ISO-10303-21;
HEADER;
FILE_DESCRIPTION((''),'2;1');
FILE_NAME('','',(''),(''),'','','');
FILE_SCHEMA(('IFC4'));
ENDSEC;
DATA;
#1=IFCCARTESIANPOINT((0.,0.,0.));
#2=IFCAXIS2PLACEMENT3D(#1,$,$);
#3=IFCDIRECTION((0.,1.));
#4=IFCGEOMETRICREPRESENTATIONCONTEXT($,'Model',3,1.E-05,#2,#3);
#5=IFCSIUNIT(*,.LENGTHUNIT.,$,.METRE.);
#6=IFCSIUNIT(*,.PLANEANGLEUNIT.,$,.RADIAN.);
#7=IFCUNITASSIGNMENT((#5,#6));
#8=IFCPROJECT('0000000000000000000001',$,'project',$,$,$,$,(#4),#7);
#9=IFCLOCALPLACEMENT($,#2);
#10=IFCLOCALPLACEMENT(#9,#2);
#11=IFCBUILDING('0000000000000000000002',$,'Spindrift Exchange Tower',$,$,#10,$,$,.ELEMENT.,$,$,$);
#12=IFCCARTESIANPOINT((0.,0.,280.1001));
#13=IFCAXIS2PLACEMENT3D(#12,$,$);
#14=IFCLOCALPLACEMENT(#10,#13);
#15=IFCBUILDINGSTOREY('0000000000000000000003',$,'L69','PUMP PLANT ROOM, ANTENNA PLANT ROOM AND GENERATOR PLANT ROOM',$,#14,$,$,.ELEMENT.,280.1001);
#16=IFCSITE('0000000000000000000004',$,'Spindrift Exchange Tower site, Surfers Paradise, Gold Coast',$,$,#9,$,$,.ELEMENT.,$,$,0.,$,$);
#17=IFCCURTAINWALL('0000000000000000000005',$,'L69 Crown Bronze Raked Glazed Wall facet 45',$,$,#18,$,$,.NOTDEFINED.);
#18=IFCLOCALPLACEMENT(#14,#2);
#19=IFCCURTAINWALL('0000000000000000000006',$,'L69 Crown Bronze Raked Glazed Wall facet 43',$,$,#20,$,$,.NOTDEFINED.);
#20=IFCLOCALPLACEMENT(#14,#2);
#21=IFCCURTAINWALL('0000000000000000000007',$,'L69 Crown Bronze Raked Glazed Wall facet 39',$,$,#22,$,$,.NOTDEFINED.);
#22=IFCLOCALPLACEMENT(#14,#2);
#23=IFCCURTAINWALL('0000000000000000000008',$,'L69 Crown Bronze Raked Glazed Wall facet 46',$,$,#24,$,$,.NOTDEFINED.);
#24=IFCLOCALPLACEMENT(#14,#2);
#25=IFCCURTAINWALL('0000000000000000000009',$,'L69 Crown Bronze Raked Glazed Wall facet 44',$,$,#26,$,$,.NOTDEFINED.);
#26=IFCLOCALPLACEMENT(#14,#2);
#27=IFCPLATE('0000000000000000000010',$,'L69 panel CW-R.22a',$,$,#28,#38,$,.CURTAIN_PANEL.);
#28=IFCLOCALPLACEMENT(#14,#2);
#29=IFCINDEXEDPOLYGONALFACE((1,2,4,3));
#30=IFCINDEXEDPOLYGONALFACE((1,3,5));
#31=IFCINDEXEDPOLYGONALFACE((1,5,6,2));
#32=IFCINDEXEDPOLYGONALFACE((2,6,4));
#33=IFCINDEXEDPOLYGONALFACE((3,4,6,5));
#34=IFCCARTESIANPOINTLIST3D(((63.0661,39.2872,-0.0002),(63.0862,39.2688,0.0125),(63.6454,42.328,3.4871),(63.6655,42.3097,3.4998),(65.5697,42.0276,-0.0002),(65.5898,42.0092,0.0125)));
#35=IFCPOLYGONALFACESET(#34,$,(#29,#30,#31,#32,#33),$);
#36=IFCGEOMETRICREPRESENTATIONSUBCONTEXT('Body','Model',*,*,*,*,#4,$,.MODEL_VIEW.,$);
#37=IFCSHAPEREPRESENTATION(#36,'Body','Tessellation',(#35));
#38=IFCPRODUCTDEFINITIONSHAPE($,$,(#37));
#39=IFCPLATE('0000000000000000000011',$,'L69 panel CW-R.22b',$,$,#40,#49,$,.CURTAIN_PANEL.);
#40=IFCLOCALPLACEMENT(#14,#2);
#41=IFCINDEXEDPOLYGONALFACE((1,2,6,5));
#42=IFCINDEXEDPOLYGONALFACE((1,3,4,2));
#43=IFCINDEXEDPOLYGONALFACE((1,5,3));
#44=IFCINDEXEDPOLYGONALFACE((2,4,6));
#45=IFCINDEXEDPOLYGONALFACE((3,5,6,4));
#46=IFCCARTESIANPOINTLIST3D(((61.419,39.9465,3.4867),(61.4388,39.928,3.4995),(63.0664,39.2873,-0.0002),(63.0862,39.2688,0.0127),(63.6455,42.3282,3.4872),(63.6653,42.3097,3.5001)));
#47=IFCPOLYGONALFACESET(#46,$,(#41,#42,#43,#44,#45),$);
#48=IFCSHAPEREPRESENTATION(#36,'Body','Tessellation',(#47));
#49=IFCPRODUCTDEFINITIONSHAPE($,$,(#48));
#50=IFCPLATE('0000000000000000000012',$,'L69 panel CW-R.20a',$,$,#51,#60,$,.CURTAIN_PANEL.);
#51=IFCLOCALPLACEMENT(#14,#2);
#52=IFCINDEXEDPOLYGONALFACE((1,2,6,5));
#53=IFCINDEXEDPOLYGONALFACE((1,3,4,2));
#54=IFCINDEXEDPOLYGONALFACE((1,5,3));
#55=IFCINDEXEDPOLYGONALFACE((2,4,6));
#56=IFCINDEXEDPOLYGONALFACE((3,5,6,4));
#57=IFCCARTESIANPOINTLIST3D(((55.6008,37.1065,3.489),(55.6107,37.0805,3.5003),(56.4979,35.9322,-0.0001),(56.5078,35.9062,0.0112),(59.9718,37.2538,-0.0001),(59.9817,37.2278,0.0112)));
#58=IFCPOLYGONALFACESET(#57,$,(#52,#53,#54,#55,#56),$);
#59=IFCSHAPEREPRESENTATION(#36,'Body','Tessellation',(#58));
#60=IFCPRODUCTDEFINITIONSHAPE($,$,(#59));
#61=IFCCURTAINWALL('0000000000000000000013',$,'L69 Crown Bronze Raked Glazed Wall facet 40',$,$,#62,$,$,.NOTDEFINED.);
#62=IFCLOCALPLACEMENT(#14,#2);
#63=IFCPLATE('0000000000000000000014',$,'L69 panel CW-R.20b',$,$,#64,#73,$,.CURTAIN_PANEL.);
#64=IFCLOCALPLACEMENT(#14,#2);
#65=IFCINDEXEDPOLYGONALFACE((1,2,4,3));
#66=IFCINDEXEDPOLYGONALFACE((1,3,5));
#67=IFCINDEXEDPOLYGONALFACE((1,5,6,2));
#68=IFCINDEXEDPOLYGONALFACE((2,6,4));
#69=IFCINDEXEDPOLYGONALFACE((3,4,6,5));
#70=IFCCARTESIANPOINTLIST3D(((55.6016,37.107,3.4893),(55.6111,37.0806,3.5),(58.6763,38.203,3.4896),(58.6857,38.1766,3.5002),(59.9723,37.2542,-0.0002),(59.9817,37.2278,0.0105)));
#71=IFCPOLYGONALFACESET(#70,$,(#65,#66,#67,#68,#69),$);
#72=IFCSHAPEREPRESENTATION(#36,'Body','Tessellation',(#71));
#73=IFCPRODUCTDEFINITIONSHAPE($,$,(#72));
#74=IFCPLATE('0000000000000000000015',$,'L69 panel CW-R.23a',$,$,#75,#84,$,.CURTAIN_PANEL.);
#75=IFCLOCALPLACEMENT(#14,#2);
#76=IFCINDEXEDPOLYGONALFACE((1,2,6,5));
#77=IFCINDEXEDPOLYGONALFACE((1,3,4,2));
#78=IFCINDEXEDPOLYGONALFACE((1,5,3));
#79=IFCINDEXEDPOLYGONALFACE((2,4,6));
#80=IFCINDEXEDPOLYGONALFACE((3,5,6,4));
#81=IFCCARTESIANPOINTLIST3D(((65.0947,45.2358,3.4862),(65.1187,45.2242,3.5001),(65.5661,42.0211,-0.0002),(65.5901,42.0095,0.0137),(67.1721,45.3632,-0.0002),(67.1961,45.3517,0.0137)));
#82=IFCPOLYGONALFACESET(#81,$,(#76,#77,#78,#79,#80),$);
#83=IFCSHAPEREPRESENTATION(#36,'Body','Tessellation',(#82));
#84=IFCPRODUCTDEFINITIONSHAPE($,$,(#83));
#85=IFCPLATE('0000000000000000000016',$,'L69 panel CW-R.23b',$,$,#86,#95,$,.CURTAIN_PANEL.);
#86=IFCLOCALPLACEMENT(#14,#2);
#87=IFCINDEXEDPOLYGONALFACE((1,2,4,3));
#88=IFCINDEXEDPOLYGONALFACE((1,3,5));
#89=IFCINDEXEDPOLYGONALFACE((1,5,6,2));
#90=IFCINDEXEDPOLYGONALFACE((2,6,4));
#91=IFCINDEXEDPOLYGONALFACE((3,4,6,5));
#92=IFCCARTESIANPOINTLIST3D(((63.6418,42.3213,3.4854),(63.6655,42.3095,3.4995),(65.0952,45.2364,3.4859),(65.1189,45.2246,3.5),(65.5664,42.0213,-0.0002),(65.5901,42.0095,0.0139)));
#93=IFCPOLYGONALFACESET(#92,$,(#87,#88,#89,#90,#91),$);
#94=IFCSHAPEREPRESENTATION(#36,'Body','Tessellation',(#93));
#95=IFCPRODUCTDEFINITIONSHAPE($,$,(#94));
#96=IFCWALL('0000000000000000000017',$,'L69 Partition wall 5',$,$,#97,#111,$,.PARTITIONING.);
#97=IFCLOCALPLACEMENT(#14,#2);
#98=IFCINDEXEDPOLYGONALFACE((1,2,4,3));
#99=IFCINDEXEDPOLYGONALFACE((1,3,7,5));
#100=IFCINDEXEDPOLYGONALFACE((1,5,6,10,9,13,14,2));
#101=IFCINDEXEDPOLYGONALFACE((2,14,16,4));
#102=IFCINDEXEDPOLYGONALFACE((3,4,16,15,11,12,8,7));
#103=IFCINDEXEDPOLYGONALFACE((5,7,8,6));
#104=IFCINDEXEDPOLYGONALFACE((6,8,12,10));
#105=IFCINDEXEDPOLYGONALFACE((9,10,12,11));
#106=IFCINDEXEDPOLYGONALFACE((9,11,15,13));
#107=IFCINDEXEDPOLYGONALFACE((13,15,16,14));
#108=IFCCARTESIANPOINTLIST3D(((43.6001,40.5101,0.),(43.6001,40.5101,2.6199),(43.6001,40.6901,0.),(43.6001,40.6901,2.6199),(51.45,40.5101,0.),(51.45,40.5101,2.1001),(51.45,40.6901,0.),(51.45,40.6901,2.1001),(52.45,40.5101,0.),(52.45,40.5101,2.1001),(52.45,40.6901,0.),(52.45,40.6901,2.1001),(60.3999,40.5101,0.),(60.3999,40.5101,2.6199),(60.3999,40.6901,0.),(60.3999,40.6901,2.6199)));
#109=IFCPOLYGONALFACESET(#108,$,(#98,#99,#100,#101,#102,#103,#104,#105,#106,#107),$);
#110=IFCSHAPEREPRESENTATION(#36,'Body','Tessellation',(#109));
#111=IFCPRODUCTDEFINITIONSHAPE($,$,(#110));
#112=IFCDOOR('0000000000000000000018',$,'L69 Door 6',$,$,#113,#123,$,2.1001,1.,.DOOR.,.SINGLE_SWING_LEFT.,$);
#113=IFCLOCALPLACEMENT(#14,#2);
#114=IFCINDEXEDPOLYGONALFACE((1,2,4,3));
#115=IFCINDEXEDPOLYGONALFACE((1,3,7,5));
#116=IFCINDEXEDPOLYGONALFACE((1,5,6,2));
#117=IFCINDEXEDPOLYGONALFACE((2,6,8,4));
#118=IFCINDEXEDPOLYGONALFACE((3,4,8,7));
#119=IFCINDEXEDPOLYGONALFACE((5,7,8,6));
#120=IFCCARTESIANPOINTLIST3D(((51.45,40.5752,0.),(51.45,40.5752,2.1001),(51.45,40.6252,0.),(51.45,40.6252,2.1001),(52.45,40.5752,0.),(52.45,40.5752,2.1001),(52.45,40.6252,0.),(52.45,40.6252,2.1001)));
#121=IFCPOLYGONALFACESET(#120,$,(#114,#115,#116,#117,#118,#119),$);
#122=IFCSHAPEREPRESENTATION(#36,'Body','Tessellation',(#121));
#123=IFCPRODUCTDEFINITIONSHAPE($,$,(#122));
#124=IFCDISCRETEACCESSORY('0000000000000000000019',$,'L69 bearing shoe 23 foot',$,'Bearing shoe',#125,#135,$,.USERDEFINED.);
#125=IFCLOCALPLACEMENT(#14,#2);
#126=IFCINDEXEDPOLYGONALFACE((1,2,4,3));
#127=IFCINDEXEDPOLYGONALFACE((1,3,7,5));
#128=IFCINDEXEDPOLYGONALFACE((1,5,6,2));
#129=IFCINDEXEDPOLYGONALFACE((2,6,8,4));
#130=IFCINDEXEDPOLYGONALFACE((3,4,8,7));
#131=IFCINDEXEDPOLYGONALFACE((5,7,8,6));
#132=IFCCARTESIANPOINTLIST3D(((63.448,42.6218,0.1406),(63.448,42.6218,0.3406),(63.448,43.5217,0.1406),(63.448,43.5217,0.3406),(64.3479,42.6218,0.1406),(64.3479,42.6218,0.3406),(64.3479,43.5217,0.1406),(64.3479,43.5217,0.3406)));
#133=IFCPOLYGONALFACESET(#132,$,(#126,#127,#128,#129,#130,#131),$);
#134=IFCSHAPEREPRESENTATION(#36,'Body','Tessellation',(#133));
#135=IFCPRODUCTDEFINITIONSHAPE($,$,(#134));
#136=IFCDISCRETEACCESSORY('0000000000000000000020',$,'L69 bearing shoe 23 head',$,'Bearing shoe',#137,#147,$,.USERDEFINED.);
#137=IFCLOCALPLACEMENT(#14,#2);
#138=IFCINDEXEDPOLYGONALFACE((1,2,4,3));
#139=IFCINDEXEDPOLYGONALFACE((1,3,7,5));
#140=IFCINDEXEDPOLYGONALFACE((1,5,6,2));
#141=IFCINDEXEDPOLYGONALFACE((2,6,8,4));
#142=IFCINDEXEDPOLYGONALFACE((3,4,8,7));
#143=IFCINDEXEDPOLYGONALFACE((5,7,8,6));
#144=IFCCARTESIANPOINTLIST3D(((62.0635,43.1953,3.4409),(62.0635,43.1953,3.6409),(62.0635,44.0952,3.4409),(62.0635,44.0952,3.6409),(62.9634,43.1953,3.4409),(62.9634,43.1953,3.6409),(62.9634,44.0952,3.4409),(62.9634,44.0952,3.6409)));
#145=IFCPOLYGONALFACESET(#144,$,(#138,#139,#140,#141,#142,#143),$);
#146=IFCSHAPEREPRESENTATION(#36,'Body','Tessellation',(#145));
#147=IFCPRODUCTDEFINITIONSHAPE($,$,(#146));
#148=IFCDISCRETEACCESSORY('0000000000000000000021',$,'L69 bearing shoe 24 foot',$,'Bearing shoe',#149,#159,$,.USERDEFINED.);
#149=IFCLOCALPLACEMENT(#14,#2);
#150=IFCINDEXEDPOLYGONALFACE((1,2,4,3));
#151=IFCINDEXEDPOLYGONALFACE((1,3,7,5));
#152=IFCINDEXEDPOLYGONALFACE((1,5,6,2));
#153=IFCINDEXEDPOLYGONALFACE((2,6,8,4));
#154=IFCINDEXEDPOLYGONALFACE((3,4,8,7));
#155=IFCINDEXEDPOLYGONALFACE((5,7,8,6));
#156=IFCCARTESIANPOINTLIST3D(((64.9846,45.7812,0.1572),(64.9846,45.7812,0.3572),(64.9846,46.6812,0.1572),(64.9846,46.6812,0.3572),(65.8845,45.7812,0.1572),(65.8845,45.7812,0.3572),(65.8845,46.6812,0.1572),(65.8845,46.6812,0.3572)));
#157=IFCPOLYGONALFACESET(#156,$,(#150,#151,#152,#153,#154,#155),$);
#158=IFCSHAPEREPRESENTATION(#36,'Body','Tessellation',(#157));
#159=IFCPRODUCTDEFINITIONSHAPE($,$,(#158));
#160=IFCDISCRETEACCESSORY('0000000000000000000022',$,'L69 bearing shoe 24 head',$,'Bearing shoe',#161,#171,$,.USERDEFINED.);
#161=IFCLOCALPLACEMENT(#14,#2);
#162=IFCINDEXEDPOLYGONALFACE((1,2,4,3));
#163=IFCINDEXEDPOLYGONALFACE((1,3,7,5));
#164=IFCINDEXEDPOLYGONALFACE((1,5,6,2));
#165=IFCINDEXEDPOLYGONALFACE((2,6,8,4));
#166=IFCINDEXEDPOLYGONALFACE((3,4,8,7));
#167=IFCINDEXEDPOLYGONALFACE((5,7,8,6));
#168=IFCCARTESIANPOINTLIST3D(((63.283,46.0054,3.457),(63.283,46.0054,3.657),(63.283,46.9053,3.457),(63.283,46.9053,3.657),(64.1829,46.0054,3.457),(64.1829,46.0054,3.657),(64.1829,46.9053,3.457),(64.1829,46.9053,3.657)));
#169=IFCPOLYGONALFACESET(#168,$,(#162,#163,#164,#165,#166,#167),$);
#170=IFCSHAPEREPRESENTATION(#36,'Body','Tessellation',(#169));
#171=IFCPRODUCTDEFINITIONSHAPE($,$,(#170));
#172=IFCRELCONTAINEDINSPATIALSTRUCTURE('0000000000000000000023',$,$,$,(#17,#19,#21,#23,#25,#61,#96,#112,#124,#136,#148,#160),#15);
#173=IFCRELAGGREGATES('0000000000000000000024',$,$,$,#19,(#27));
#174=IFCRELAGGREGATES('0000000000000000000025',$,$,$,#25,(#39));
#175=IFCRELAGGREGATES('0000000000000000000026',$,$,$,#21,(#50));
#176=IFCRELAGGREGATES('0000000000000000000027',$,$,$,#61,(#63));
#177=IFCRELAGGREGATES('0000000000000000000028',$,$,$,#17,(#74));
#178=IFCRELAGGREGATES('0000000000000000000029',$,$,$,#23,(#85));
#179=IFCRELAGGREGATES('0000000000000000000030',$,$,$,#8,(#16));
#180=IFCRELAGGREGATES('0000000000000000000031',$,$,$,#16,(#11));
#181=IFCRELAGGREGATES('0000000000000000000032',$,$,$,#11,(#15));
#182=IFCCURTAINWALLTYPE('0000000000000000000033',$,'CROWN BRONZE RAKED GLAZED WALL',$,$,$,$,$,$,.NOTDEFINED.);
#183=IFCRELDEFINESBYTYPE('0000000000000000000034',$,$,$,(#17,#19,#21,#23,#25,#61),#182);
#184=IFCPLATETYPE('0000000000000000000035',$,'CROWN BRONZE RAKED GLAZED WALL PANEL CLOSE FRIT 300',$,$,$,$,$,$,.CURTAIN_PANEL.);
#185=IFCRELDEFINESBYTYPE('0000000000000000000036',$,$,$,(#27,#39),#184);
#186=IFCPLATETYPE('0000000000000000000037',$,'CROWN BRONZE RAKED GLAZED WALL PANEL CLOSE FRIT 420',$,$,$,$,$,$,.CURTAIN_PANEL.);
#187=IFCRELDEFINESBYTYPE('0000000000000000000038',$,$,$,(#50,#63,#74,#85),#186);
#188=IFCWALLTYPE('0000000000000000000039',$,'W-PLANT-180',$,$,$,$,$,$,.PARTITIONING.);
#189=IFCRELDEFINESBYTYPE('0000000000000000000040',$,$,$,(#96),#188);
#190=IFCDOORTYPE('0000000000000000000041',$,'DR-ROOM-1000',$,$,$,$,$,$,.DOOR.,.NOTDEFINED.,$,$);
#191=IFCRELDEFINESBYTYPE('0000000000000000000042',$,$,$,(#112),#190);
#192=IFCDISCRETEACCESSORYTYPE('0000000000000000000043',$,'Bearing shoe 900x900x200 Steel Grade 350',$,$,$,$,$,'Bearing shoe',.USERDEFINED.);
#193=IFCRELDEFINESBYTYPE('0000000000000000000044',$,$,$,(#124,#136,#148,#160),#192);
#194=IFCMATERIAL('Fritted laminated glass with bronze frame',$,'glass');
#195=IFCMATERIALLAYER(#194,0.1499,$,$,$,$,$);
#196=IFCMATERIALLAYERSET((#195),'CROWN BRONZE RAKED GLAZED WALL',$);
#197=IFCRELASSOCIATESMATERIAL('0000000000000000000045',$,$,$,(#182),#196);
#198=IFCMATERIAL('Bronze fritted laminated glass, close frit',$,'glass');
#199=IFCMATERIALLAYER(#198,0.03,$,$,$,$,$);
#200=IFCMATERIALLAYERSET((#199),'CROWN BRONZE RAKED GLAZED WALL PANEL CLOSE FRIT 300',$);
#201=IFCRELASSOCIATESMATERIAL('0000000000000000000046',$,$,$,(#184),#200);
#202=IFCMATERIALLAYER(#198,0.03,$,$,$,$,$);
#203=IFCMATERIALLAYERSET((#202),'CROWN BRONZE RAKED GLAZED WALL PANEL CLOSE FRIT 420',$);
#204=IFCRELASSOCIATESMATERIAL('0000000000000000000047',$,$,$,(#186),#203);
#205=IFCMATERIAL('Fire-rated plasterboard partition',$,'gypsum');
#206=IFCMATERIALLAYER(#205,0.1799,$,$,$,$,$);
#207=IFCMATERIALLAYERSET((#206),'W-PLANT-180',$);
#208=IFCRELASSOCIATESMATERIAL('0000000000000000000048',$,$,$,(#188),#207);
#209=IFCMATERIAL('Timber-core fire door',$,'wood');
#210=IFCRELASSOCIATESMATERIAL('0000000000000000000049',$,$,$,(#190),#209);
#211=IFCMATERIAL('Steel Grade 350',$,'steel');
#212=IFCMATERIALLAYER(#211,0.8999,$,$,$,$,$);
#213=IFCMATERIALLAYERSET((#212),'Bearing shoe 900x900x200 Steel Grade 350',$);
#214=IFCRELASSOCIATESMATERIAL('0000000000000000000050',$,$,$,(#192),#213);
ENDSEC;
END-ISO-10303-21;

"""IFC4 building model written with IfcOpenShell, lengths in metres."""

from ifc_helpers import new_model, si_unit, direction, frame, frame_2d, origin, origin_2d, place, context, subcontext, project, spatial, line, indexed_curve, rectangle, outline, extrude, source, transform, mapped, material, layer, layer_set, type_object, element, fill, aggregate, save


model = new_model("IFC4")

# Units and contexts
model_context = context("Model", 3, precision=1e-05, world=origin(), true_north=direction((0.0, 1.0)))
body_context = subcontext(model_context, "Body", "Model", "MODEL_VIEW")
ifc_project = project(units=[si_unit("LENGTHUNIT", "METRE"), si_unit("PLANEANGLEUNIT", "RADIAN")], contexts=[model_context])

# Site, building, storey
site_placement = place(None, origin())
site = spatial("IfcSite", under=ifc_project, at=site_placement, Name="Spindrift Exchange Tower site, Surfers Paradise, Gold Coast", CompositionType="ELEMENT", RefElevation=0.0)
building_placement = place(site_placement, origin())
building = spatial("IfcBuilding", under=site, at=building_placement, Name="Spindrift Exchange Tower", CompositionType="ELEMENT")
storey_placement = place(building_placement, frame((0.0, 0.0, 280.1001)))
storey = spatial("IfcBuildingStorey", under=building, at=storey_placement, Name="L69", Description="PUMP PLANT ROOM, ANTENNA PLANT ROOM AND GENERATOR PLANT ROOM", CompositionType="ELEMENT", Elevation=280.1001)

# Curtain walls
ifc_material_1 = material(Name="Fritted laminated glass with bronze frame", Category="glass")
ifc_layer_1 = layer(ifc_material_1, 0.1499)
ifc_layer_set_1 = layer_set([ifc_layer_1], Name="CROWN BRONZE RAKED GLAZED WALL")
curtain_wall_type = type_object("IfcCurtainWallType", Name="CROWN BRONZE RAKED GLAZED WALL", PredefinedType="NOTDEFINED", material=ifc_layer_set_1)
curtain_wall_1_placement = place(storey_placement, origin())
curtain_wall_1 = element("IfcCurtainWall", 1, at=curtain_wall_1_placement, inside=storey, type_object=curtain_wall_type, Name="L69 Crown Bronze Raked Glazed Wall facet 45", PredefinedType="NOTDEFINED")
curtain_wall_2_placement = place(storey_placement, origin())
curtain_wall_2 = element("IfcCurtainWall", 2, at=curtain_wall_2_placement, inside=storey, type_object=curtain_wall_type, Name="L69 Crown Bronze Raked Glazed Wall facet 43", PredefinedType="NOTDEFINED")
curtain_wall_3_placement = place(storey_placement, origin())
curtain_wall_3 = element("IfcCurtainWall", 3, at=curtain_wall_3_placement, inside=storey, type_object=curtain_wall_type, Name="L69 Crown Bronze Raked Glazed Wall facet 39", PredefinedType="NOTDEFINED")
curtain_wall_4_placement = place(storey_placement, origin())
curtain_wall_4 = element("IfcCurtainWall", 4, at=curtain_wall_4_placement, inside=storey, type_object=curtain_wall_type, Name="L69 Crown Bronze Raked Glazed Wall facet 46", PredefinedType="NOTDEFINED")
curtain_wall_5_placement = place(storey_placement, origin())
curtain_wall_5 = element("IfcCurtainWall", 5, at=curtain_wall_5_placement, inside=storey, type_object=curtain_wall_type, Name="L69 Crown Bronze Raked Glazed Wall facet 44", PredefinedType="NOTDEFINED")

# Plates
ifc_material_2 = material(Name="Bronze fritted laminated glass, close frit", Category="glass")
ifc_layer_2 = layer(ifc_material_2, 0.03)
ifc_layer_set_2 = layer_set([ifc_layer_2], Name="CROWN BRONZE RAKED GLAZED WALL PANEL CLOSE FRIT 300")
plate_type_1 = type_object("IfcPlateType", Name="CROWN BRONZE RAKED GLAZED WALL PANEL CLOSE FRIT 300", PredefinedType="CURTAIN_PANEL", material=ifc_layer_set_2)
plate_1_placement = place(storey_placement, frame((63.0862, 39.2688, 0.0125), z_axis=(0.66932, -0.611487, 0.422012), x_axis=(0.674491, 0.738283, 0.0)))
plate_1 = element("IfcPlate", 6, at=plate_1_placement, type_object=plate_type_1, Name="L69 panel CW-R.22a", PredefinedType="CURTAIN_PANEL", context=body_context, shape_type="SweptSolid", body=[
    extrude(outline(indexed_curve([(0.0, 0.0), (3.7119, 0.0), (2.6357, 3.8467)], segments=[line(1, 2, 3, 1)], self_intersect=False)), origin(), (0.0, 0.0, -1.0), 0.03),
])
aggregate(curtain_wall_2, [plate_1])
plate_2_placement = place(storey_placement, frame((63.0862, 39.2688, 0.0127), z_axis=(0.659993, -0.617099, 0.428484), x_axis=(0.124193, 0.652116, 0.747878)))
plate_2 = element("IfcPlate", 7, at=plate_2_placement, type_object=plate_type_1, Name="L69 panel CW-R.22b", PredefinedType="CURTAIN_PANEL", context=body_context, shape_type="SweptSolid", body=[
    extrude(outline(indexed_curve([(0.0, 0.0), (4.6631, 0.0), (2.833, 2.6982)], segments=[line(1, 2, 3, 1)], self_intersect=False)), origin(), (0.0, 0.0, -1.0), 0.03),
])
aggregate(curtain_wall_5, [plate_2])
ifc_layer_3 = layer(ifc_material_2, 0.03)
ifc_layer_set_3 = layer_set([ifc_layer_3], Name="CROWN BRONZE RAKED GLAZED WALL PANEL CLOSE FRIT 420")
plate_type_2 = type_object("IfcPlateType", Name="CROWN BRONZE RAKED GLAZED WALL PANEL CLOSE FRIT 420", PredefinedType="CURTAIN_PANEL", material=ifc_layer_set_3)
plate_3_placement = place(storey_placement, frame((59.9817, 37.2278, 0.0112), z_axis=(0.329445, -0.866002, 0.376174), x_axis=(-0.934653, -0.355561, 0.0)))
plate_3 = element("IfcPlate", 8, at=plate_3_placement, type_object=plate_type_2, Name="L69 panel CW-R.20a", PredefinedType="CURTAIN_PANEL", context=body_context, shape_type="SweptSolid", body=[
    extrude(outline(indexed_curve([(0.0, 0.0), (3.7168, 0.0), (4.1377, -3.7656)], segments=[line(1, 2, 3, 1)], self_intersect=False)), origin(), (0.0, 0.0, -1.0), 0.03),
])
aggregate(curtain_wall_3, [plate_3])

# Curtain wall, plate
curtain_wall_6_placement = place(storey_placement, origin())
curtain_wall_6 = element("IfcCurtainWall", 9, at=curtain_wall_6_placement, inside=storey, type_object=curtain_wall_type, Name="L69 Crown Bronze Raked Glazed Wall facet 40", PredefinedType="NOTDEFINED")
plate_4_placement = place(storey_placement, frame((59.9817, 37.2278, 0.0105), z_axis=(0.31377, -0.880291, 0.35586), x_axis=(-0.781207, -0.026314, 0.623717)))
plate_4 = element("IfcPlate", 10, at=plate_4_placement, type_object=plate_type_2, Name="L69 panel CW-R.20b", PredefinedType="CURTAIN_PANEL", context=body_context, shape_type="SweptSolid", body=[
    extrude(outline(indexed_curve([(0.0, 0.0), (5.5947, 0.0), (3.1641, -2.1787)], segments=[line(1, 2, 3, 1)], self_intersect=False)), origin(), (0.0, 0.0, -1.0), 0.03),
])
aggregate(curtain_wall_6, [plate_4])

# Plates
plate_5_placement = place(storey_placement, frame((65.5901, 42.0095, 0.0137), z_axis=(0.799274, -0.384076, 0.46222), x_axis=(0.433121, 0.901336, 0.0)))
plate_5 = element("IfcPlate", 11, at=plate_5_placement, type_object=plate_type_2, Name="L69 panel CW-R.23a", PredefinedType="CURTAIN_PANEL", context=body_context, shape_type="SweptSolid", body=[
    extrude(outline(indexed_curve([(0.0, 0.0), (3.708, 0.0), (2.6934, 3.9316)], segments=[line(1, 2, 3, 1)], self_intersect=False)), origin(), (0.0, 0.0, -1.0), 0.03),
])
aggregate(curtain_wall_1, [plate_5])
plate_6_placement = place(storey_placement, frame((65.5901, 42.0095, 0.0139), z_axis=(0.789889, -0.393886, 0.470031), x_axis=(-0.098872, 0.674635, 0.7315)))
plate_6 = element("IfcPlate", 12, at=plate_6_placement, type_object=plate_type_2, Name="L69 panel CW-R.23b", PredefinedType="CURTAIN_PANEL", context=body_context, shape_type="SweptSolid", body=[
    extrude(outline(indexed_curve([(0.0, 0.0), (4.7656, 0.0), (2.9424, 2.6992)], segments=[line(1, 2, 3, 1)], self_intersect=False)), origin(), (0.0, 0.0, -1.0), 0.03),
])
aggregate(curtain_wall_4, [plate_6])

# Wall, opening, door
ifc_material_3 = material(Name="Fire-rated plasterboard partition", Category="gypsum")
ifc_layer_4 = layer(ifc_material_3, 0.1799)
ifc_layer_set_4 = layer_set([ifc_layer_4], Name="W-PLANT-180")
wall_type = type_object("IfcWallType", Name="W-PLANT-180", PredefinedType="PARTITIONING", material=ifc_layer_set_4)
wall_placement = place(storey_placement, frame((60.3999, 40.6001, 0.0), z_axis=(0.0, 0.0, 1.0), x_axis=(-1.0, 0.0, 0.0)))
wall = element("IfcWall", 13, at=wall_placement, inside=storey, type_object=wall_type, Name="L69 Partition wall 5", PredefinedType="PARTITIONING", context=body_context, shape_type="SweptSolid", body=[
    extrude(rectangle(XDim=16.7998, YDim=0.1799, at=frame_2d((8.3999, 0.0))), origin(), (0.0, 0.0, 1.0), 2.6199),
])
opening_placement = place(wall_placement, frame((7.95, 0.0, 0.0)))
opening = element("IfcOpeningElement", 14, at=opening_placement, cuts=wall, PredefinedType="OPENING", context=body_context, shape_type="SweptSolid", body=[
    extrude(rectangle(XDim=1.0, YDim=2.1001, at=frame_2d((0.5, 1.05))), frame((0.0, 0.0999, 0.0), z_axis=(0.0, -1.0, 0.0), x_axis=(1.0, 0.0, 0.0)), (0.0, 0.0, 1.0), 0.2),
])
ifc_material_4 = material(Name="Timber-core fire door", Category="wood")
door_type = type_object("IfcDoorType", Name="DR-ROOM-1000", OperationType="NOTDEFINED", PredefinedType="DOOR", material=ifc_material_4)
shared_shape_1 = source(origin(), body_context, "Body", "SweptSolid", [
    extrude(rectangle(XDim=1.0, YDim=2.1001, at=frame_2d((0.5, 1.05))), frame((0.0, 0.0249, 0.0), z_axis=(0.0, -1.0, 0.0), x_axis=(1.0, 0.0, 0.0)), (0.0, 0.0, 1.0), 0.05),
])
door_placement = place(opening_placement, origin())
door = element("IfcDoor", 15, at=door_placement, inside=storey, type_object=door_type, Name="L69 Door 6", OperationType="SINGLE_SWING_LEFT", OverallHeight=2.1001, OverallWidth=1.0, PredefinedType="DOOR", context=body_context, shape_type="MappedRepresentation", body=[
    mapped(shared_shape_1, transform((0.0, 0.0, 0.0), scale=1.0)),
])
fill(opening, door)

# Discrete accessories
ifc_material_5 = material(Name="Steel Grade 350", Category="steel")
ifc_layer_5 = layer(ifc_material_5, 0.8999)
ifc_layer_set_5 = layer_set([ifc_layer_5], Name="Bearing shoe 900x900x200 Steel Grade 350")
discrete_accessory_type = type_object("IfcDiscreteAccessoryType", Name="Bearing shoe 900x900x200 Steel Grade 350", ElementType="Bearing shoe", PredefinedType="USERDEFINED", material=ifc_layer_set_5)
shared_shape_2 = source(origin(), body_context, "Body", "SweptSolid", [
    extrude(rectangle(XDim=0.8999, YDim=0.8999, at=origin_2d()), origin(), (0.0, 0.0, 1.0), 0.2),
])
for number, where, z_axis, x_axis, name in (
    (16, (63.8979, 43.0718, 0.1406), (0.0, 0.0, 1.0), (1.0, 0.0, 0.0), "L69 bearing shoe 23 foot"),
    (17, (62.5134, 43.6453, 3.4409), (0.0, 0.0, 1.0), (1.0, 0.0, 0.0), "L69 bearing shoe 23 head"),
    (18, (65.4346, 46.2312, 0.1572), (0.0, 0.0, 1.0), (1.0, 0.0, 0.0), "L69 bearing shoe 24 foot"),
    (19, (63.7329, 46.4553, 3.457), (0.0, 0.0, 1.0), (1.0, 0.0, 0.0), "L69 bearing shoe 24 head"),
):
    element("IfcDiscreteAccessory", number, at=place(storey_placement, frame(where, z_axis=z_axis, x_axis=x_axis)), inside=storey, type_object=discrete_accessory_type, Name=name, ObjectType="Bearing shoe", PredefinedType="USERDEFINED", context=body_context, shape_type="MappedRepresentation", body=[
        mapped(shared_shape_2, transform((0.0, 0.0, 0.0), scale=1.0)),
    ])

save(model, "model.ifc")
